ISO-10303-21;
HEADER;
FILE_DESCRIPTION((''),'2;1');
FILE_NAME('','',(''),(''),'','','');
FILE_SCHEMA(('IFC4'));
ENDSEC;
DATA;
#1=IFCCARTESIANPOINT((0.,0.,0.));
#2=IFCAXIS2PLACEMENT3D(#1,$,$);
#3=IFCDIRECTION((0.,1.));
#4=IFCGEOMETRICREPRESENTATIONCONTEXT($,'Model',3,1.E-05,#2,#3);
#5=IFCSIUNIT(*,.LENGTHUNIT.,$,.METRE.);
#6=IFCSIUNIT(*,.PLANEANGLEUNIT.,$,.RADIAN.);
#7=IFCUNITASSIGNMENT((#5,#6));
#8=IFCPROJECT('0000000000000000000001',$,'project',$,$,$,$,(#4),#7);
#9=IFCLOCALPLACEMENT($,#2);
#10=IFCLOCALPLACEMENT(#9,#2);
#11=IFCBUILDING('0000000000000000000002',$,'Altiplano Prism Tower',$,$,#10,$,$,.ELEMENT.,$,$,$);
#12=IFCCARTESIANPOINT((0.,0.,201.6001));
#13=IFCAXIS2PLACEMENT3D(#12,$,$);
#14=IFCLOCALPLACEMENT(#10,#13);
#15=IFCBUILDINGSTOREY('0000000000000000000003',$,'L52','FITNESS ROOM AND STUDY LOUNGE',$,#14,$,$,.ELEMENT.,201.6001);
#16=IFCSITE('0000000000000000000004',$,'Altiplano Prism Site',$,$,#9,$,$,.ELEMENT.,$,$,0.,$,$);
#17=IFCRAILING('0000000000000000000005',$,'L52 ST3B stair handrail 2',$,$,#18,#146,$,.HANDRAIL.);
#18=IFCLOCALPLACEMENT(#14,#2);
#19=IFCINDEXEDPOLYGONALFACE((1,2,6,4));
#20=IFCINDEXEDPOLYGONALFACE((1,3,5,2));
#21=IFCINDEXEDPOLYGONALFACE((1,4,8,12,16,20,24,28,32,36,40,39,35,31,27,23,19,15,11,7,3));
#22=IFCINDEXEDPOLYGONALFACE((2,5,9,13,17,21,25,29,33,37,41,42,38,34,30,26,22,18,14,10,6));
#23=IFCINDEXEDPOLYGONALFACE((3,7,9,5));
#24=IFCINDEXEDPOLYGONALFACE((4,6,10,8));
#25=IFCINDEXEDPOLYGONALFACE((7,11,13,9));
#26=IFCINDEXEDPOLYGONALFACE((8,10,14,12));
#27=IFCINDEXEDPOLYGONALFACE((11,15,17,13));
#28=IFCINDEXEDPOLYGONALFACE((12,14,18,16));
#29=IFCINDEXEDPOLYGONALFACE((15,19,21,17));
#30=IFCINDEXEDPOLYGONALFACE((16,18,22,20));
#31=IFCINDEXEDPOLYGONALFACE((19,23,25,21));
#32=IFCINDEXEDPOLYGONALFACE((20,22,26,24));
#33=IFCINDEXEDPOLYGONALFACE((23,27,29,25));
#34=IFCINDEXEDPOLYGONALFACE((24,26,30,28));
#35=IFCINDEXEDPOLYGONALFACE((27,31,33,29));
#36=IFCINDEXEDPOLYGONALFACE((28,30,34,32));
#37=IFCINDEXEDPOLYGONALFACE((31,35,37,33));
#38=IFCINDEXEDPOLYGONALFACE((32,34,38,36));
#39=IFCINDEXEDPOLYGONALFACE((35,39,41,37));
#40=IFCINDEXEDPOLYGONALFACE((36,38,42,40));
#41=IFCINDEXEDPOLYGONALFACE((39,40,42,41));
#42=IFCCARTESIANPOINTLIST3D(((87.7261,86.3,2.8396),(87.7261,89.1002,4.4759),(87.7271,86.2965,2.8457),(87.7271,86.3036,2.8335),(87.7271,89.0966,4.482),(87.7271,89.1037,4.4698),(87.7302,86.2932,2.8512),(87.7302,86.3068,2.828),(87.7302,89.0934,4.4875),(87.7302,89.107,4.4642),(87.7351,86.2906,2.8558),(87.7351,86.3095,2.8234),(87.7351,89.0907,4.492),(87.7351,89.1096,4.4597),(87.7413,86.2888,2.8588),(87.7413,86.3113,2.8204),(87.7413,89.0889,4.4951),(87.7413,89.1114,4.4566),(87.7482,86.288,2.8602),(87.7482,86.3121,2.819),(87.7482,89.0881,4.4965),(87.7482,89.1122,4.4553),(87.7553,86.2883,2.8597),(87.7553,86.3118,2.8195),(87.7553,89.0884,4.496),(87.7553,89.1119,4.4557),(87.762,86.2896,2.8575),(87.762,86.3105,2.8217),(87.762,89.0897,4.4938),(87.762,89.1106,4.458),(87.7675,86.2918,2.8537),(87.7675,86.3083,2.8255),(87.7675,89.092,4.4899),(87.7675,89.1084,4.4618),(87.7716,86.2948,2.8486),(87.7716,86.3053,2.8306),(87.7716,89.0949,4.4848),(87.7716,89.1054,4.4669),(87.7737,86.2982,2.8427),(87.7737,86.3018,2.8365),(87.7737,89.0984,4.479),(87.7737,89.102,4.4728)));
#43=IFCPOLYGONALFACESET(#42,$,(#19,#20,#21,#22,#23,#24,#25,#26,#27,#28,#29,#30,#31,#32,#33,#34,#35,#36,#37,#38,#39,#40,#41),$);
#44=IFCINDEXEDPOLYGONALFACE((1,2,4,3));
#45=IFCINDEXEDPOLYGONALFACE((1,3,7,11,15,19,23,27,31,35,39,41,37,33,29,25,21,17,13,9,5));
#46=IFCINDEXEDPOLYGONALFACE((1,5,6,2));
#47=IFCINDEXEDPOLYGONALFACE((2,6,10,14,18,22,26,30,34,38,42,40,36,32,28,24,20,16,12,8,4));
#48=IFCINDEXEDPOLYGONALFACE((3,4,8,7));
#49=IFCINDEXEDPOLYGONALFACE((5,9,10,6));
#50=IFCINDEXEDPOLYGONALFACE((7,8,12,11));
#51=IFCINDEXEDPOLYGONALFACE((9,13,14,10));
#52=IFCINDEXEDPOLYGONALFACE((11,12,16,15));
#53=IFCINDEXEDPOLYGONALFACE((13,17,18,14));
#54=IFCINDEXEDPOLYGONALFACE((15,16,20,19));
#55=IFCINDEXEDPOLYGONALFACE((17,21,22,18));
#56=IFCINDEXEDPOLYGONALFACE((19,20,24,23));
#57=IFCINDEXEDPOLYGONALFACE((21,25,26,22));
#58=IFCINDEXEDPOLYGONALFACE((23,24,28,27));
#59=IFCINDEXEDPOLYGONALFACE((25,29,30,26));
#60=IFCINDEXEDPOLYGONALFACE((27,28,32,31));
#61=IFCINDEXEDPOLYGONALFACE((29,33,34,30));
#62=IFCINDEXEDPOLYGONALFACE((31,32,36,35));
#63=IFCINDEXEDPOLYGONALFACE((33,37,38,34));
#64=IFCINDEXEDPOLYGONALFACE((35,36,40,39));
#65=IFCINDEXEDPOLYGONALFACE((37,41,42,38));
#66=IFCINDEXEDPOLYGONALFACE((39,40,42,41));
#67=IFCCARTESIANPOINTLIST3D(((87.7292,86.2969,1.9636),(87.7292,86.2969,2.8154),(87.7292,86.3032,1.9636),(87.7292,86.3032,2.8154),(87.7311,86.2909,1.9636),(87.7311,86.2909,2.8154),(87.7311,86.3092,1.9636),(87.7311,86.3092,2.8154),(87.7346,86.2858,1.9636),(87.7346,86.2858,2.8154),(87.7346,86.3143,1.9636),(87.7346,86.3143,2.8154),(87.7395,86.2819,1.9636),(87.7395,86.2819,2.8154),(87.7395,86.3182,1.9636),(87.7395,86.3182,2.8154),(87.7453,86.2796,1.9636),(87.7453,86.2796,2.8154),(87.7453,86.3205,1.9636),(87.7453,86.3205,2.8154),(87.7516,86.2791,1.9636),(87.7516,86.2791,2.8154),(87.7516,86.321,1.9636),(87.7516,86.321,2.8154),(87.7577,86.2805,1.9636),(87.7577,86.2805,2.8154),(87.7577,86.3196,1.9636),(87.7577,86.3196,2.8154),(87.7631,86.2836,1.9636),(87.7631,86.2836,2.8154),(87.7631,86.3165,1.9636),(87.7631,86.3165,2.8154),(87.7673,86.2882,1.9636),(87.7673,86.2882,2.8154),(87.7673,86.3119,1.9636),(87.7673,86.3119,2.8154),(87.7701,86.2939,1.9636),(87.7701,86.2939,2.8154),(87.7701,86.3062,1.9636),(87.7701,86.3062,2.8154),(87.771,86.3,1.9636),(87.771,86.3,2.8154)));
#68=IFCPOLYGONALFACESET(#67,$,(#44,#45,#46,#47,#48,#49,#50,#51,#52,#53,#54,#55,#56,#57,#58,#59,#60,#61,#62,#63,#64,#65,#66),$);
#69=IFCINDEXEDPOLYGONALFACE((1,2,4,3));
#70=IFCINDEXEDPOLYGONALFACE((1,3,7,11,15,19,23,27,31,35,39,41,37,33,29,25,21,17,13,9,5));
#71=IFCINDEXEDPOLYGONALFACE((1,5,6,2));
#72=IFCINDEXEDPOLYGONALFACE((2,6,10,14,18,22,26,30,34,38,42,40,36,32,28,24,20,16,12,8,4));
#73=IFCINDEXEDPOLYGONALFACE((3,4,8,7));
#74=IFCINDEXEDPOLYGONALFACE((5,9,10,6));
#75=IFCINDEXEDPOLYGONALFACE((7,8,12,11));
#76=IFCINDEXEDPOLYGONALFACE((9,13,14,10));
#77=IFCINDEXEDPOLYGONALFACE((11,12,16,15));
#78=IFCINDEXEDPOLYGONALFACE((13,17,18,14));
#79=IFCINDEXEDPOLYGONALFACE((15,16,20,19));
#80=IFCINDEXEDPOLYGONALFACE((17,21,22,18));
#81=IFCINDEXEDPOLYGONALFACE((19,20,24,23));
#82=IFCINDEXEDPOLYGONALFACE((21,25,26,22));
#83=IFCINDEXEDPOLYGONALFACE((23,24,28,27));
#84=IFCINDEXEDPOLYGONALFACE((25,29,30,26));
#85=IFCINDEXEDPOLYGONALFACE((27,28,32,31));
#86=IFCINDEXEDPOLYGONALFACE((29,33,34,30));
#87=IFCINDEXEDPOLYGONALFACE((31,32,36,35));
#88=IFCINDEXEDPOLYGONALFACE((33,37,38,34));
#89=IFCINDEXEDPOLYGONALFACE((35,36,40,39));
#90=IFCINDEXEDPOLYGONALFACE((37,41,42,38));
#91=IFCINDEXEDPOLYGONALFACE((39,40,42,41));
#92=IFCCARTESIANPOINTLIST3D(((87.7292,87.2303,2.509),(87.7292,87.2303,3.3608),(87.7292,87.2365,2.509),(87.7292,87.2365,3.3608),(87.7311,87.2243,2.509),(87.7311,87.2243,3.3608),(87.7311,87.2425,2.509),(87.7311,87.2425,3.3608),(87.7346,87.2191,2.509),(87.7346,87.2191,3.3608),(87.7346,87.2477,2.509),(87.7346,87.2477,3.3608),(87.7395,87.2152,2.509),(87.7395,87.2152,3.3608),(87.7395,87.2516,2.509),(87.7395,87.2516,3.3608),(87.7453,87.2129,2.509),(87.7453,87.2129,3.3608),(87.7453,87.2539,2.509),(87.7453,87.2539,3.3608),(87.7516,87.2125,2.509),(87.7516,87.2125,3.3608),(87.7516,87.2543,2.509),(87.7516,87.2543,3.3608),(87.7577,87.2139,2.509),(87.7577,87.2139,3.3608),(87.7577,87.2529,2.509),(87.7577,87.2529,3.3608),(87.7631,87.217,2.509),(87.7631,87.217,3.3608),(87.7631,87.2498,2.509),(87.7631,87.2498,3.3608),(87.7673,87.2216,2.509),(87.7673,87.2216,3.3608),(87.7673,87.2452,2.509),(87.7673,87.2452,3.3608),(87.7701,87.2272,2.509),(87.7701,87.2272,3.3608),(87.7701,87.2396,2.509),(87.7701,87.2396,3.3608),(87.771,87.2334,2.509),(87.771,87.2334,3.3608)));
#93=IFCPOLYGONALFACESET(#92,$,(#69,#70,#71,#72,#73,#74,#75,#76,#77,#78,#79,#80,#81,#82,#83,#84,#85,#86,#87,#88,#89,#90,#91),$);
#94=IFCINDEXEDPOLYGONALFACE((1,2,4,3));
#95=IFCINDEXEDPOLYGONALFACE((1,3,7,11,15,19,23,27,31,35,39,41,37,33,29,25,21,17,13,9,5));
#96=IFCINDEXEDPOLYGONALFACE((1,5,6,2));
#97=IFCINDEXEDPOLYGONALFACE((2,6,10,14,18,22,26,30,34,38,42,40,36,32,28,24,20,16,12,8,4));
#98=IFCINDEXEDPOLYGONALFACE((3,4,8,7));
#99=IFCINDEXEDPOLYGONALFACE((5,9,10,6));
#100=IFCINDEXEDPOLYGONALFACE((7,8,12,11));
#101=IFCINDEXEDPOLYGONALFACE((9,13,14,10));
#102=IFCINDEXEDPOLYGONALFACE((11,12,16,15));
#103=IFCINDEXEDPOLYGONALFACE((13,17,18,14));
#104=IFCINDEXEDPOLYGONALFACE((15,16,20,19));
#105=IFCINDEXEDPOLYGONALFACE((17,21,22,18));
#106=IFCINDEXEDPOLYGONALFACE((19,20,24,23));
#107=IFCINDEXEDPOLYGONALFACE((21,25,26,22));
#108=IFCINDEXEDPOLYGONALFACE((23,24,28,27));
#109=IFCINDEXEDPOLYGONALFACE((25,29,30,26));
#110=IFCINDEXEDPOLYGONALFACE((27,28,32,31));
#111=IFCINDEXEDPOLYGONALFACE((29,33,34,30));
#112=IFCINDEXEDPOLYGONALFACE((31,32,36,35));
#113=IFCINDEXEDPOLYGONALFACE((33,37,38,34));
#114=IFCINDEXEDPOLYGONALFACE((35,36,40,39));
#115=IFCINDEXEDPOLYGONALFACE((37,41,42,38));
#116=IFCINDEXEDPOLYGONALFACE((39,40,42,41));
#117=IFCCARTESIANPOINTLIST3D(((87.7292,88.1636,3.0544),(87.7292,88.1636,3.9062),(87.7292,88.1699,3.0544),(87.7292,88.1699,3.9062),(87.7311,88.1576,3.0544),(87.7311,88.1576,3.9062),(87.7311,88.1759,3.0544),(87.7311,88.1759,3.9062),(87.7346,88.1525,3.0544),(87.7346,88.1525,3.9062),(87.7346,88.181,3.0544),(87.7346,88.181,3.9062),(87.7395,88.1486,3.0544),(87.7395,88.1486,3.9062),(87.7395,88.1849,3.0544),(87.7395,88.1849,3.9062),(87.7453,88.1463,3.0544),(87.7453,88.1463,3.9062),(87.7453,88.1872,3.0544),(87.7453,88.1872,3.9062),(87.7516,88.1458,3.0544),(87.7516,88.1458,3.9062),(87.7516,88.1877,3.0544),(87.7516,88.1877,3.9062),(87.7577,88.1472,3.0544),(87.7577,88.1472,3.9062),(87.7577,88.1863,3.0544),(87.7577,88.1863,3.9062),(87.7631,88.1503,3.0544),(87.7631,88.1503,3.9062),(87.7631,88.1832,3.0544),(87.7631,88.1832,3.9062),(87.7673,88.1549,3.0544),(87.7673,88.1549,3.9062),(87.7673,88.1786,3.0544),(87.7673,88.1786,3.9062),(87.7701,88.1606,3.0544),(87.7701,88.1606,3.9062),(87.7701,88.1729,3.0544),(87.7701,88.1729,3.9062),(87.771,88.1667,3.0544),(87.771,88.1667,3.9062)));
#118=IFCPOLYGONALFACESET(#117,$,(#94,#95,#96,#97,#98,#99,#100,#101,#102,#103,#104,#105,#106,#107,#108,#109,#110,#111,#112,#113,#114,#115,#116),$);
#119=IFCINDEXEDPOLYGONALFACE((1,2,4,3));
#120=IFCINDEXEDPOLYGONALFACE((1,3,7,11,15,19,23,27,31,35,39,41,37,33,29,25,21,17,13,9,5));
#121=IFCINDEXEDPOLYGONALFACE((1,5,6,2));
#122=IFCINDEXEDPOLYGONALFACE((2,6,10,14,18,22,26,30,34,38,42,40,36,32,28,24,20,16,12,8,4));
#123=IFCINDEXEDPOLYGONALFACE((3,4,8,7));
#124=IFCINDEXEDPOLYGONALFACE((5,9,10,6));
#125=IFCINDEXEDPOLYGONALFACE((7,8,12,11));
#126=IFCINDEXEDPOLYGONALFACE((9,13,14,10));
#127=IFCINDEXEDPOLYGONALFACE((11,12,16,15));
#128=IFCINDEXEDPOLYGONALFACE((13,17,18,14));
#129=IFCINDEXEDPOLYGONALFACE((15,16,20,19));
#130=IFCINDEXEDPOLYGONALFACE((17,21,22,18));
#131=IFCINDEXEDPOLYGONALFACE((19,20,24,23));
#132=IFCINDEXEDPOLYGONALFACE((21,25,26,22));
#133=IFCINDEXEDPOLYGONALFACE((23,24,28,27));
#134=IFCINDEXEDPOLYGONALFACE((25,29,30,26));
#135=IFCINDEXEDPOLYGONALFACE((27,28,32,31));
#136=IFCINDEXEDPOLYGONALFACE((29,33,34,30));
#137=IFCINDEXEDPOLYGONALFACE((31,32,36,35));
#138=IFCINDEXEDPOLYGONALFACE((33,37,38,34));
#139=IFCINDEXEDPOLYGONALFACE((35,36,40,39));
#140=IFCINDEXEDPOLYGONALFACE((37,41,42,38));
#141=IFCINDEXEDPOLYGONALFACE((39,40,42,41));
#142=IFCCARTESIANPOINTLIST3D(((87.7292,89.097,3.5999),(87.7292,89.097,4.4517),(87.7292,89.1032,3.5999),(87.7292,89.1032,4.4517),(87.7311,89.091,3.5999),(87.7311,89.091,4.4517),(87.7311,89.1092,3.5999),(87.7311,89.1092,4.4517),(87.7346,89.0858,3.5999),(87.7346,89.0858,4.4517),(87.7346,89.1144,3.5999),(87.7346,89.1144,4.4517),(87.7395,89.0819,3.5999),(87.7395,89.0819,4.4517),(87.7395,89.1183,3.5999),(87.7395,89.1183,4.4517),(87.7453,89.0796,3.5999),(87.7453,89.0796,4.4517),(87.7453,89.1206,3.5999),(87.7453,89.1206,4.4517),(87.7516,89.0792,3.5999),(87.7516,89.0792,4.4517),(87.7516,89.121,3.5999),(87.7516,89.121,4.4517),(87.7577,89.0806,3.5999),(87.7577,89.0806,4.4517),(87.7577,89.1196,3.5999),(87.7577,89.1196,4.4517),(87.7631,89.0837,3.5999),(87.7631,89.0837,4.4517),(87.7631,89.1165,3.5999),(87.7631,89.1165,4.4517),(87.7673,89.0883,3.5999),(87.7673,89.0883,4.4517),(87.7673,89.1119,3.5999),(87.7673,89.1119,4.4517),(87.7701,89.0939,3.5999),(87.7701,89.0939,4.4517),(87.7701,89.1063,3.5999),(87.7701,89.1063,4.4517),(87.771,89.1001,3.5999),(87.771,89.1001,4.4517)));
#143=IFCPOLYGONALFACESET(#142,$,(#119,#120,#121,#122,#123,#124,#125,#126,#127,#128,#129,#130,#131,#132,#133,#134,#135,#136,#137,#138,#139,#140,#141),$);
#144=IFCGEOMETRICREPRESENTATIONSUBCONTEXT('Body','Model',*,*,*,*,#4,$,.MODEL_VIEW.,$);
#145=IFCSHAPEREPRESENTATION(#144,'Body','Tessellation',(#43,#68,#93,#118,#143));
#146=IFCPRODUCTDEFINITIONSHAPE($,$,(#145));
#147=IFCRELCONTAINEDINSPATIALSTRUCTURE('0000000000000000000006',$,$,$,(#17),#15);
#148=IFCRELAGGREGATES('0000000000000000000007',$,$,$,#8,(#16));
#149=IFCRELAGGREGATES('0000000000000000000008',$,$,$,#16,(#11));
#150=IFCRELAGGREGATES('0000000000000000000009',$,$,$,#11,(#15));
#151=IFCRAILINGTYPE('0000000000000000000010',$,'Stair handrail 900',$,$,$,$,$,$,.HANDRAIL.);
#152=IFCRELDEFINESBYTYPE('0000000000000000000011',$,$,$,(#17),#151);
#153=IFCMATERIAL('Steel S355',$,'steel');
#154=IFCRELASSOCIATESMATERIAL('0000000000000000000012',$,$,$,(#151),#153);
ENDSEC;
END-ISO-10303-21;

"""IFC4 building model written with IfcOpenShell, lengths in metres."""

from ifc_helpers import new_model, si_unit, direction, frame, origin, origin_2d, place, context, subcontext, project, spatial, circle, extrude, material, type_object, element, save


model = new_model("IFC4")

# Units and contexts
model_context = context("Model", 3, precision=1e-05, world=origin(), true_north=direction((0.0, 1.0)))
body_context = subcontext(model_context, "Body", "Model", "MODEL_VIEW")
ifc_project = project(units=[si_unit("LENGTHUNIT", "METRE"), si_unit("PLANEANGLEUNIT", "RADIAN")], contexts=[model_context])

# Site, building, storey
site_placement = place(None, origin())
site = spatial("IfcSite", under=ifc_project, at=site_placement, Name="Altiplano Prism Site", CompositionType="ELEMENT", RefElevation=0.0)
building_placement = place(site_placement, origin())
building = spatial("IfcBuilding", under=site, at=building_placement, Name="Altiplano Prism Tower", CompositionType="ELEMENT")
storey_placement = place(building_placement, frame((0.0, 0.0, 201.6001)))
storey = spatial("IfcBuildingStorey", under=building, at=storey_placement, Name="L52", Description="FITNESS ROOM AND STUDY LOUNGE", CompositionType="ELEMENT", Elevation=201.6001)

# Railing
ifc_material_1 = material(Name="Steel S355", Category="steel")
railing_type_1 = type_object("IfcRailingType", Name="Stair handrail 900", PredefinedType="HANDRAIL", material=ifc_material_1)
railing_1_placement = place(storey_placement, frame((87.75, 86.3, 1.9636)))
element("IfcRailing", 1, at=railing_1_placement, inside=storey, type_object=railing_type_1, Name="L52 ST3B stair handrail 2", PredefinedType="HANDRAIL", context=body_context, shape_type="SweptSolid", body=[
    extrude(circle(Radius=0.0239, at=origin_2d()), frame((0.0, 0.0, 0.876), z_axis=(0.0, 0.863394, 0.504531), x_axis=(-1.0, 0.0, 0.0)), (0.0, 0.0, 1.0), 3.2432),
    extrude(circle(Radius=0.021, at=origin_2d()), origin(), (0.0, 0.0, 1.0), 0.8518),
    extrude(circle(Radius=0.021, at=origin_2d()), frame((0.0, 0.9333, 0.5454)), (0.0, 0.0, 1.0), 0.8518),
    extrude(circle(Radius=0.021, at=origin_2d()), frame((0.0, 1.8667, 1.0908)), (0.0, 0.0, 1.0), 0.8518),
    extrude(circle(Radius=0.021, at=origin_2d()), frame((0.0, 2.8, 1.6362)), (0.0, 0.0, 1.0), 0.8518),
])

save(model, "model.ifc")
